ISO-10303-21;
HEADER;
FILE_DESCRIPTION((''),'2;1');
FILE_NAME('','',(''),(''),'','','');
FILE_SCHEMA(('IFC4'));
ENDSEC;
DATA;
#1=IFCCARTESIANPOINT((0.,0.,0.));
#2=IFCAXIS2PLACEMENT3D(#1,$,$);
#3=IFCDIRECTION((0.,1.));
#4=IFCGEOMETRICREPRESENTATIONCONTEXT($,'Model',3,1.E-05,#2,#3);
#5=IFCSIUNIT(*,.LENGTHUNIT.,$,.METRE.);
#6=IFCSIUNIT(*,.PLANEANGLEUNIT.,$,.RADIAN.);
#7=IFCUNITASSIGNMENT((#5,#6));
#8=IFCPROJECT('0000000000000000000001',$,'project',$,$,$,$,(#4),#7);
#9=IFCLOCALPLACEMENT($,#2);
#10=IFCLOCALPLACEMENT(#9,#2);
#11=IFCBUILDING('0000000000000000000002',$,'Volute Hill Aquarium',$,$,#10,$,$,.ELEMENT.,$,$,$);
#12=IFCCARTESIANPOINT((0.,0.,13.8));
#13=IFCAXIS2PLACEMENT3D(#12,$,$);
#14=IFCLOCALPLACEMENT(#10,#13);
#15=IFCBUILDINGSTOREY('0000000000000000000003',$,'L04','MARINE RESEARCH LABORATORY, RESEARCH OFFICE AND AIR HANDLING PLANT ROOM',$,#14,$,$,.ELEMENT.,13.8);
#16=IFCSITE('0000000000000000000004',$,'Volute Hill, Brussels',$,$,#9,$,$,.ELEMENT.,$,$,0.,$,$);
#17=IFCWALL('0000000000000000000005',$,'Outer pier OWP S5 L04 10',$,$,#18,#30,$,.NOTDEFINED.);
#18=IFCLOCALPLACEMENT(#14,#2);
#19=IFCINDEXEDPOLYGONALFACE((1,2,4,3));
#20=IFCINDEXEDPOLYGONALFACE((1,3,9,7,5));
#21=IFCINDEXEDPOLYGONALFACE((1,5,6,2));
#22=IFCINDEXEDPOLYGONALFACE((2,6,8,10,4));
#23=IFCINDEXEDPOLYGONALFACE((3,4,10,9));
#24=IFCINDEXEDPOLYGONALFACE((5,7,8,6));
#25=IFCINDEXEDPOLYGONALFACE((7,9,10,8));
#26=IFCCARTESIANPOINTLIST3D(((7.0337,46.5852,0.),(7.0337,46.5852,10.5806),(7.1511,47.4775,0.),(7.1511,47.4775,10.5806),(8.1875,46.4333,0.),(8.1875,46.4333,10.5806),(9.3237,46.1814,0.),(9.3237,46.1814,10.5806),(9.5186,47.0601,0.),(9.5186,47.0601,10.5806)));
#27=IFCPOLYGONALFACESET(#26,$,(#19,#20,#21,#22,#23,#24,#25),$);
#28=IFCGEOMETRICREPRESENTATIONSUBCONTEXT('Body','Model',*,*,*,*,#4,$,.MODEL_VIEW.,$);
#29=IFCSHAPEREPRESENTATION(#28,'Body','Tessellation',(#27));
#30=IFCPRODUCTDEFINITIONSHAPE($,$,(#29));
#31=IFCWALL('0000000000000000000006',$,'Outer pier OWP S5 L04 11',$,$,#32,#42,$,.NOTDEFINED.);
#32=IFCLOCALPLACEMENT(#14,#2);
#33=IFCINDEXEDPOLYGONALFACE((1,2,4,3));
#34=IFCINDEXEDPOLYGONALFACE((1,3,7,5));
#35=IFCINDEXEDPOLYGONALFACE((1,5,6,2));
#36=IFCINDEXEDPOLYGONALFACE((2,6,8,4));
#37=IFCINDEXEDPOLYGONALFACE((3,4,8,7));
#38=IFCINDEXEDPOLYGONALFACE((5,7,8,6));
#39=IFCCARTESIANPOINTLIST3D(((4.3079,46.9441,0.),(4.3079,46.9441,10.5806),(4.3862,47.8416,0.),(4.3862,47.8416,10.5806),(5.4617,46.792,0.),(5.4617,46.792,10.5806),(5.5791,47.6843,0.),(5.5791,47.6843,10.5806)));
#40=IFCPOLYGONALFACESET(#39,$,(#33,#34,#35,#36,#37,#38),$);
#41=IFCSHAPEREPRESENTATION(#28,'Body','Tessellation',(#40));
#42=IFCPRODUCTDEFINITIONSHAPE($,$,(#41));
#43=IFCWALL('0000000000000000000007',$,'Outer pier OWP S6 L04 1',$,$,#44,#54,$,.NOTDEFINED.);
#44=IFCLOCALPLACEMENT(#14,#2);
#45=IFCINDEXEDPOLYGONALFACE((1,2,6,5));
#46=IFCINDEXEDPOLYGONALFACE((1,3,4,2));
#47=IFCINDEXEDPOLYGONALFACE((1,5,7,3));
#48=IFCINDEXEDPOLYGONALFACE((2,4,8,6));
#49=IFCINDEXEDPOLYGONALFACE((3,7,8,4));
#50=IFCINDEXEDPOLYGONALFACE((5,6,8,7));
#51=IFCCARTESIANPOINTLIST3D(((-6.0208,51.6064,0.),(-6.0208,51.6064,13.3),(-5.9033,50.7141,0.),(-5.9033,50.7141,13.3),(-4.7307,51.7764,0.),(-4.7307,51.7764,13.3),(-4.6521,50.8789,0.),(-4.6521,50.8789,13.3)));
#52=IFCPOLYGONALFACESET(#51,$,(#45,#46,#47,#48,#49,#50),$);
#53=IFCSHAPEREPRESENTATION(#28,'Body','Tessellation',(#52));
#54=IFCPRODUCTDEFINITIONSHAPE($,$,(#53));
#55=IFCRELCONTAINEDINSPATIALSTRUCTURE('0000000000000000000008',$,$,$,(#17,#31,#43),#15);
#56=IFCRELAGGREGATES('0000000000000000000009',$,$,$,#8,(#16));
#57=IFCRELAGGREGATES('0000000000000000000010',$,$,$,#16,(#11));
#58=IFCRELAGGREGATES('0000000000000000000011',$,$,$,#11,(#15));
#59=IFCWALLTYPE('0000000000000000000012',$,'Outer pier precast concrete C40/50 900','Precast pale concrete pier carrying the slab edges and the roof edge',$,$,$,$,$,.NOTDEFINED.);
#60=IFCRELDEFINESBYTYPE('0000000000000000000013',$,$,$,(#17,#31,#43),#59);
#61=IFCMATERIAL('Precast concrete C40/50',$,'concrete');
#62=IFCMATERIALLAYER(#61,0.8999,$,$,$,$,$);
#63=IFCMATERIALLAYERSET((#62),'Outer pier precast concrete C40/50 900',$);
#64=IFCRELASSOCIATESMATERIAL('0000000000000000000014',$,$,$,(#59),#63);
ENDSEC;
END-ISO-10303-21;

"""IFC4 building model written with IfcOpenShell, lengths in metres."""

from ifc_helpers import new_model, si_unit, direction, frame, origin, place, context, subcontext, project, spatial, polyline, outline, extrude, material, layer, layer_set, type_object, element, save


model = new_model("IFC4")

# Units and contexts
model_context = context("Model", 3, precision=1e-05, world=origin(), true_north=direction((0.0, 1.0)))
body_context = subcontext(model_context, "Body", "Model", "MODEL_VIEW")
ifc_project = project(units=[si_unit("LENGTHUNIT", "METRE"), si_unit("PLANEANGLEUNIT", "RADIAN")], contexts=[model_context])

# Site, building, storey
site_placement = place(None, origin())
site = spatial("IfcSite", under=ifc_project, at=site_placement, Name="Volute Hill, Brussels", CompositionType="ELEMENT", RefElevation=0.0)
building_placement = place(site_placement, origin())
building = spatial("IfcBuilding", under=site, at=building_placement, Name="Volute Hill Aquarium", CompositionType="ELEMENT")
storey_placement = place(building_placement, frame((0.0, 0.0, 13.8)))
storey = spatial("IfcBuildingStorey", under=building, at=storey_placement, Name="L04", Description="MARINE RESEARCH LABORATORY, RESEARCH OFFICE AND AIR HANDLING PLANT ROOM", CompositionType="ELEMENT", Elevation=13.8)

# Walls
ifc_material = material(Name="Precast concrete C40/50", Category="concrete")
ifc_layer = layer(ifc_material, 0.8999)
ifc_layer_set = layer_set([ifc_layer], Name="Outer pier precast concrete C40/50 900")
wall_type = type_object("IfcWallType", Name="Outer pier precast concrete C40/50 900", Description="Precast pale concrete pier carrying the slab edges and the roof edge", PredefinedType="NOTDEFINED", material=ifc_layer_set)
wall_1_placement = place(storey_placement, origin())
element("IfcWall", 1, at=wall_1_placement, inside=storey, type_object=wall_type, Name="Outer pier OWP S5 L04 10", PredefinedType="NOTDEFINED", context=body_context, shape_type="SweptSolid", body=[
    extrude(outline(polyline([(9.3237, 46.1814), (9.5186, 47.0601), (7.1511, 47.4775), (7.0337, 46.5852), (8.1875, 46.4333), (9.3237, 46.1814)])), origin(), (0.0, 0.0, 1.0), 10.5806),
])
wall_2_placement = place(storey_placement, origin())
element("IfcWall", 2, at=wall_2_placement, inside=storey, type_object=wall_type, Name="Outer pier OWP S5 L04 11", PredefinedType="NOTDEFINED", context=body_context, shape_type="SweptSolid", body=[
    extrude(outline(polyline([(5.4617, 46.792), (5.5791, 47.6843), (4.3862, 47.8416), (4.3079, 46.9441), (5.4617, 46.792)])), origin(), (0.0, 0.0, 1.0), 10.5806),
])
wall_3_placement = place(storey_placement, origin())
element("IfcWall", 3, at=wall_3_placement, inside=storey, type_object=wall_type, Name="Outer pier OWP S6 L04 1", PredefinedType="NOTDEFINED", context=body_context, shape_type="SweptSolid", body=[
    extrude(outline(polyline([(-4.6521, 50.8789), (-4.7307, 51.7764), (-6.0208, 51.6064), (-5.9033, 50.7141), (-4.6521, 50.8789)])), origin(), (0.0, 0.0, 1.0), 13.3),
])

save(model, "model.ifc")
